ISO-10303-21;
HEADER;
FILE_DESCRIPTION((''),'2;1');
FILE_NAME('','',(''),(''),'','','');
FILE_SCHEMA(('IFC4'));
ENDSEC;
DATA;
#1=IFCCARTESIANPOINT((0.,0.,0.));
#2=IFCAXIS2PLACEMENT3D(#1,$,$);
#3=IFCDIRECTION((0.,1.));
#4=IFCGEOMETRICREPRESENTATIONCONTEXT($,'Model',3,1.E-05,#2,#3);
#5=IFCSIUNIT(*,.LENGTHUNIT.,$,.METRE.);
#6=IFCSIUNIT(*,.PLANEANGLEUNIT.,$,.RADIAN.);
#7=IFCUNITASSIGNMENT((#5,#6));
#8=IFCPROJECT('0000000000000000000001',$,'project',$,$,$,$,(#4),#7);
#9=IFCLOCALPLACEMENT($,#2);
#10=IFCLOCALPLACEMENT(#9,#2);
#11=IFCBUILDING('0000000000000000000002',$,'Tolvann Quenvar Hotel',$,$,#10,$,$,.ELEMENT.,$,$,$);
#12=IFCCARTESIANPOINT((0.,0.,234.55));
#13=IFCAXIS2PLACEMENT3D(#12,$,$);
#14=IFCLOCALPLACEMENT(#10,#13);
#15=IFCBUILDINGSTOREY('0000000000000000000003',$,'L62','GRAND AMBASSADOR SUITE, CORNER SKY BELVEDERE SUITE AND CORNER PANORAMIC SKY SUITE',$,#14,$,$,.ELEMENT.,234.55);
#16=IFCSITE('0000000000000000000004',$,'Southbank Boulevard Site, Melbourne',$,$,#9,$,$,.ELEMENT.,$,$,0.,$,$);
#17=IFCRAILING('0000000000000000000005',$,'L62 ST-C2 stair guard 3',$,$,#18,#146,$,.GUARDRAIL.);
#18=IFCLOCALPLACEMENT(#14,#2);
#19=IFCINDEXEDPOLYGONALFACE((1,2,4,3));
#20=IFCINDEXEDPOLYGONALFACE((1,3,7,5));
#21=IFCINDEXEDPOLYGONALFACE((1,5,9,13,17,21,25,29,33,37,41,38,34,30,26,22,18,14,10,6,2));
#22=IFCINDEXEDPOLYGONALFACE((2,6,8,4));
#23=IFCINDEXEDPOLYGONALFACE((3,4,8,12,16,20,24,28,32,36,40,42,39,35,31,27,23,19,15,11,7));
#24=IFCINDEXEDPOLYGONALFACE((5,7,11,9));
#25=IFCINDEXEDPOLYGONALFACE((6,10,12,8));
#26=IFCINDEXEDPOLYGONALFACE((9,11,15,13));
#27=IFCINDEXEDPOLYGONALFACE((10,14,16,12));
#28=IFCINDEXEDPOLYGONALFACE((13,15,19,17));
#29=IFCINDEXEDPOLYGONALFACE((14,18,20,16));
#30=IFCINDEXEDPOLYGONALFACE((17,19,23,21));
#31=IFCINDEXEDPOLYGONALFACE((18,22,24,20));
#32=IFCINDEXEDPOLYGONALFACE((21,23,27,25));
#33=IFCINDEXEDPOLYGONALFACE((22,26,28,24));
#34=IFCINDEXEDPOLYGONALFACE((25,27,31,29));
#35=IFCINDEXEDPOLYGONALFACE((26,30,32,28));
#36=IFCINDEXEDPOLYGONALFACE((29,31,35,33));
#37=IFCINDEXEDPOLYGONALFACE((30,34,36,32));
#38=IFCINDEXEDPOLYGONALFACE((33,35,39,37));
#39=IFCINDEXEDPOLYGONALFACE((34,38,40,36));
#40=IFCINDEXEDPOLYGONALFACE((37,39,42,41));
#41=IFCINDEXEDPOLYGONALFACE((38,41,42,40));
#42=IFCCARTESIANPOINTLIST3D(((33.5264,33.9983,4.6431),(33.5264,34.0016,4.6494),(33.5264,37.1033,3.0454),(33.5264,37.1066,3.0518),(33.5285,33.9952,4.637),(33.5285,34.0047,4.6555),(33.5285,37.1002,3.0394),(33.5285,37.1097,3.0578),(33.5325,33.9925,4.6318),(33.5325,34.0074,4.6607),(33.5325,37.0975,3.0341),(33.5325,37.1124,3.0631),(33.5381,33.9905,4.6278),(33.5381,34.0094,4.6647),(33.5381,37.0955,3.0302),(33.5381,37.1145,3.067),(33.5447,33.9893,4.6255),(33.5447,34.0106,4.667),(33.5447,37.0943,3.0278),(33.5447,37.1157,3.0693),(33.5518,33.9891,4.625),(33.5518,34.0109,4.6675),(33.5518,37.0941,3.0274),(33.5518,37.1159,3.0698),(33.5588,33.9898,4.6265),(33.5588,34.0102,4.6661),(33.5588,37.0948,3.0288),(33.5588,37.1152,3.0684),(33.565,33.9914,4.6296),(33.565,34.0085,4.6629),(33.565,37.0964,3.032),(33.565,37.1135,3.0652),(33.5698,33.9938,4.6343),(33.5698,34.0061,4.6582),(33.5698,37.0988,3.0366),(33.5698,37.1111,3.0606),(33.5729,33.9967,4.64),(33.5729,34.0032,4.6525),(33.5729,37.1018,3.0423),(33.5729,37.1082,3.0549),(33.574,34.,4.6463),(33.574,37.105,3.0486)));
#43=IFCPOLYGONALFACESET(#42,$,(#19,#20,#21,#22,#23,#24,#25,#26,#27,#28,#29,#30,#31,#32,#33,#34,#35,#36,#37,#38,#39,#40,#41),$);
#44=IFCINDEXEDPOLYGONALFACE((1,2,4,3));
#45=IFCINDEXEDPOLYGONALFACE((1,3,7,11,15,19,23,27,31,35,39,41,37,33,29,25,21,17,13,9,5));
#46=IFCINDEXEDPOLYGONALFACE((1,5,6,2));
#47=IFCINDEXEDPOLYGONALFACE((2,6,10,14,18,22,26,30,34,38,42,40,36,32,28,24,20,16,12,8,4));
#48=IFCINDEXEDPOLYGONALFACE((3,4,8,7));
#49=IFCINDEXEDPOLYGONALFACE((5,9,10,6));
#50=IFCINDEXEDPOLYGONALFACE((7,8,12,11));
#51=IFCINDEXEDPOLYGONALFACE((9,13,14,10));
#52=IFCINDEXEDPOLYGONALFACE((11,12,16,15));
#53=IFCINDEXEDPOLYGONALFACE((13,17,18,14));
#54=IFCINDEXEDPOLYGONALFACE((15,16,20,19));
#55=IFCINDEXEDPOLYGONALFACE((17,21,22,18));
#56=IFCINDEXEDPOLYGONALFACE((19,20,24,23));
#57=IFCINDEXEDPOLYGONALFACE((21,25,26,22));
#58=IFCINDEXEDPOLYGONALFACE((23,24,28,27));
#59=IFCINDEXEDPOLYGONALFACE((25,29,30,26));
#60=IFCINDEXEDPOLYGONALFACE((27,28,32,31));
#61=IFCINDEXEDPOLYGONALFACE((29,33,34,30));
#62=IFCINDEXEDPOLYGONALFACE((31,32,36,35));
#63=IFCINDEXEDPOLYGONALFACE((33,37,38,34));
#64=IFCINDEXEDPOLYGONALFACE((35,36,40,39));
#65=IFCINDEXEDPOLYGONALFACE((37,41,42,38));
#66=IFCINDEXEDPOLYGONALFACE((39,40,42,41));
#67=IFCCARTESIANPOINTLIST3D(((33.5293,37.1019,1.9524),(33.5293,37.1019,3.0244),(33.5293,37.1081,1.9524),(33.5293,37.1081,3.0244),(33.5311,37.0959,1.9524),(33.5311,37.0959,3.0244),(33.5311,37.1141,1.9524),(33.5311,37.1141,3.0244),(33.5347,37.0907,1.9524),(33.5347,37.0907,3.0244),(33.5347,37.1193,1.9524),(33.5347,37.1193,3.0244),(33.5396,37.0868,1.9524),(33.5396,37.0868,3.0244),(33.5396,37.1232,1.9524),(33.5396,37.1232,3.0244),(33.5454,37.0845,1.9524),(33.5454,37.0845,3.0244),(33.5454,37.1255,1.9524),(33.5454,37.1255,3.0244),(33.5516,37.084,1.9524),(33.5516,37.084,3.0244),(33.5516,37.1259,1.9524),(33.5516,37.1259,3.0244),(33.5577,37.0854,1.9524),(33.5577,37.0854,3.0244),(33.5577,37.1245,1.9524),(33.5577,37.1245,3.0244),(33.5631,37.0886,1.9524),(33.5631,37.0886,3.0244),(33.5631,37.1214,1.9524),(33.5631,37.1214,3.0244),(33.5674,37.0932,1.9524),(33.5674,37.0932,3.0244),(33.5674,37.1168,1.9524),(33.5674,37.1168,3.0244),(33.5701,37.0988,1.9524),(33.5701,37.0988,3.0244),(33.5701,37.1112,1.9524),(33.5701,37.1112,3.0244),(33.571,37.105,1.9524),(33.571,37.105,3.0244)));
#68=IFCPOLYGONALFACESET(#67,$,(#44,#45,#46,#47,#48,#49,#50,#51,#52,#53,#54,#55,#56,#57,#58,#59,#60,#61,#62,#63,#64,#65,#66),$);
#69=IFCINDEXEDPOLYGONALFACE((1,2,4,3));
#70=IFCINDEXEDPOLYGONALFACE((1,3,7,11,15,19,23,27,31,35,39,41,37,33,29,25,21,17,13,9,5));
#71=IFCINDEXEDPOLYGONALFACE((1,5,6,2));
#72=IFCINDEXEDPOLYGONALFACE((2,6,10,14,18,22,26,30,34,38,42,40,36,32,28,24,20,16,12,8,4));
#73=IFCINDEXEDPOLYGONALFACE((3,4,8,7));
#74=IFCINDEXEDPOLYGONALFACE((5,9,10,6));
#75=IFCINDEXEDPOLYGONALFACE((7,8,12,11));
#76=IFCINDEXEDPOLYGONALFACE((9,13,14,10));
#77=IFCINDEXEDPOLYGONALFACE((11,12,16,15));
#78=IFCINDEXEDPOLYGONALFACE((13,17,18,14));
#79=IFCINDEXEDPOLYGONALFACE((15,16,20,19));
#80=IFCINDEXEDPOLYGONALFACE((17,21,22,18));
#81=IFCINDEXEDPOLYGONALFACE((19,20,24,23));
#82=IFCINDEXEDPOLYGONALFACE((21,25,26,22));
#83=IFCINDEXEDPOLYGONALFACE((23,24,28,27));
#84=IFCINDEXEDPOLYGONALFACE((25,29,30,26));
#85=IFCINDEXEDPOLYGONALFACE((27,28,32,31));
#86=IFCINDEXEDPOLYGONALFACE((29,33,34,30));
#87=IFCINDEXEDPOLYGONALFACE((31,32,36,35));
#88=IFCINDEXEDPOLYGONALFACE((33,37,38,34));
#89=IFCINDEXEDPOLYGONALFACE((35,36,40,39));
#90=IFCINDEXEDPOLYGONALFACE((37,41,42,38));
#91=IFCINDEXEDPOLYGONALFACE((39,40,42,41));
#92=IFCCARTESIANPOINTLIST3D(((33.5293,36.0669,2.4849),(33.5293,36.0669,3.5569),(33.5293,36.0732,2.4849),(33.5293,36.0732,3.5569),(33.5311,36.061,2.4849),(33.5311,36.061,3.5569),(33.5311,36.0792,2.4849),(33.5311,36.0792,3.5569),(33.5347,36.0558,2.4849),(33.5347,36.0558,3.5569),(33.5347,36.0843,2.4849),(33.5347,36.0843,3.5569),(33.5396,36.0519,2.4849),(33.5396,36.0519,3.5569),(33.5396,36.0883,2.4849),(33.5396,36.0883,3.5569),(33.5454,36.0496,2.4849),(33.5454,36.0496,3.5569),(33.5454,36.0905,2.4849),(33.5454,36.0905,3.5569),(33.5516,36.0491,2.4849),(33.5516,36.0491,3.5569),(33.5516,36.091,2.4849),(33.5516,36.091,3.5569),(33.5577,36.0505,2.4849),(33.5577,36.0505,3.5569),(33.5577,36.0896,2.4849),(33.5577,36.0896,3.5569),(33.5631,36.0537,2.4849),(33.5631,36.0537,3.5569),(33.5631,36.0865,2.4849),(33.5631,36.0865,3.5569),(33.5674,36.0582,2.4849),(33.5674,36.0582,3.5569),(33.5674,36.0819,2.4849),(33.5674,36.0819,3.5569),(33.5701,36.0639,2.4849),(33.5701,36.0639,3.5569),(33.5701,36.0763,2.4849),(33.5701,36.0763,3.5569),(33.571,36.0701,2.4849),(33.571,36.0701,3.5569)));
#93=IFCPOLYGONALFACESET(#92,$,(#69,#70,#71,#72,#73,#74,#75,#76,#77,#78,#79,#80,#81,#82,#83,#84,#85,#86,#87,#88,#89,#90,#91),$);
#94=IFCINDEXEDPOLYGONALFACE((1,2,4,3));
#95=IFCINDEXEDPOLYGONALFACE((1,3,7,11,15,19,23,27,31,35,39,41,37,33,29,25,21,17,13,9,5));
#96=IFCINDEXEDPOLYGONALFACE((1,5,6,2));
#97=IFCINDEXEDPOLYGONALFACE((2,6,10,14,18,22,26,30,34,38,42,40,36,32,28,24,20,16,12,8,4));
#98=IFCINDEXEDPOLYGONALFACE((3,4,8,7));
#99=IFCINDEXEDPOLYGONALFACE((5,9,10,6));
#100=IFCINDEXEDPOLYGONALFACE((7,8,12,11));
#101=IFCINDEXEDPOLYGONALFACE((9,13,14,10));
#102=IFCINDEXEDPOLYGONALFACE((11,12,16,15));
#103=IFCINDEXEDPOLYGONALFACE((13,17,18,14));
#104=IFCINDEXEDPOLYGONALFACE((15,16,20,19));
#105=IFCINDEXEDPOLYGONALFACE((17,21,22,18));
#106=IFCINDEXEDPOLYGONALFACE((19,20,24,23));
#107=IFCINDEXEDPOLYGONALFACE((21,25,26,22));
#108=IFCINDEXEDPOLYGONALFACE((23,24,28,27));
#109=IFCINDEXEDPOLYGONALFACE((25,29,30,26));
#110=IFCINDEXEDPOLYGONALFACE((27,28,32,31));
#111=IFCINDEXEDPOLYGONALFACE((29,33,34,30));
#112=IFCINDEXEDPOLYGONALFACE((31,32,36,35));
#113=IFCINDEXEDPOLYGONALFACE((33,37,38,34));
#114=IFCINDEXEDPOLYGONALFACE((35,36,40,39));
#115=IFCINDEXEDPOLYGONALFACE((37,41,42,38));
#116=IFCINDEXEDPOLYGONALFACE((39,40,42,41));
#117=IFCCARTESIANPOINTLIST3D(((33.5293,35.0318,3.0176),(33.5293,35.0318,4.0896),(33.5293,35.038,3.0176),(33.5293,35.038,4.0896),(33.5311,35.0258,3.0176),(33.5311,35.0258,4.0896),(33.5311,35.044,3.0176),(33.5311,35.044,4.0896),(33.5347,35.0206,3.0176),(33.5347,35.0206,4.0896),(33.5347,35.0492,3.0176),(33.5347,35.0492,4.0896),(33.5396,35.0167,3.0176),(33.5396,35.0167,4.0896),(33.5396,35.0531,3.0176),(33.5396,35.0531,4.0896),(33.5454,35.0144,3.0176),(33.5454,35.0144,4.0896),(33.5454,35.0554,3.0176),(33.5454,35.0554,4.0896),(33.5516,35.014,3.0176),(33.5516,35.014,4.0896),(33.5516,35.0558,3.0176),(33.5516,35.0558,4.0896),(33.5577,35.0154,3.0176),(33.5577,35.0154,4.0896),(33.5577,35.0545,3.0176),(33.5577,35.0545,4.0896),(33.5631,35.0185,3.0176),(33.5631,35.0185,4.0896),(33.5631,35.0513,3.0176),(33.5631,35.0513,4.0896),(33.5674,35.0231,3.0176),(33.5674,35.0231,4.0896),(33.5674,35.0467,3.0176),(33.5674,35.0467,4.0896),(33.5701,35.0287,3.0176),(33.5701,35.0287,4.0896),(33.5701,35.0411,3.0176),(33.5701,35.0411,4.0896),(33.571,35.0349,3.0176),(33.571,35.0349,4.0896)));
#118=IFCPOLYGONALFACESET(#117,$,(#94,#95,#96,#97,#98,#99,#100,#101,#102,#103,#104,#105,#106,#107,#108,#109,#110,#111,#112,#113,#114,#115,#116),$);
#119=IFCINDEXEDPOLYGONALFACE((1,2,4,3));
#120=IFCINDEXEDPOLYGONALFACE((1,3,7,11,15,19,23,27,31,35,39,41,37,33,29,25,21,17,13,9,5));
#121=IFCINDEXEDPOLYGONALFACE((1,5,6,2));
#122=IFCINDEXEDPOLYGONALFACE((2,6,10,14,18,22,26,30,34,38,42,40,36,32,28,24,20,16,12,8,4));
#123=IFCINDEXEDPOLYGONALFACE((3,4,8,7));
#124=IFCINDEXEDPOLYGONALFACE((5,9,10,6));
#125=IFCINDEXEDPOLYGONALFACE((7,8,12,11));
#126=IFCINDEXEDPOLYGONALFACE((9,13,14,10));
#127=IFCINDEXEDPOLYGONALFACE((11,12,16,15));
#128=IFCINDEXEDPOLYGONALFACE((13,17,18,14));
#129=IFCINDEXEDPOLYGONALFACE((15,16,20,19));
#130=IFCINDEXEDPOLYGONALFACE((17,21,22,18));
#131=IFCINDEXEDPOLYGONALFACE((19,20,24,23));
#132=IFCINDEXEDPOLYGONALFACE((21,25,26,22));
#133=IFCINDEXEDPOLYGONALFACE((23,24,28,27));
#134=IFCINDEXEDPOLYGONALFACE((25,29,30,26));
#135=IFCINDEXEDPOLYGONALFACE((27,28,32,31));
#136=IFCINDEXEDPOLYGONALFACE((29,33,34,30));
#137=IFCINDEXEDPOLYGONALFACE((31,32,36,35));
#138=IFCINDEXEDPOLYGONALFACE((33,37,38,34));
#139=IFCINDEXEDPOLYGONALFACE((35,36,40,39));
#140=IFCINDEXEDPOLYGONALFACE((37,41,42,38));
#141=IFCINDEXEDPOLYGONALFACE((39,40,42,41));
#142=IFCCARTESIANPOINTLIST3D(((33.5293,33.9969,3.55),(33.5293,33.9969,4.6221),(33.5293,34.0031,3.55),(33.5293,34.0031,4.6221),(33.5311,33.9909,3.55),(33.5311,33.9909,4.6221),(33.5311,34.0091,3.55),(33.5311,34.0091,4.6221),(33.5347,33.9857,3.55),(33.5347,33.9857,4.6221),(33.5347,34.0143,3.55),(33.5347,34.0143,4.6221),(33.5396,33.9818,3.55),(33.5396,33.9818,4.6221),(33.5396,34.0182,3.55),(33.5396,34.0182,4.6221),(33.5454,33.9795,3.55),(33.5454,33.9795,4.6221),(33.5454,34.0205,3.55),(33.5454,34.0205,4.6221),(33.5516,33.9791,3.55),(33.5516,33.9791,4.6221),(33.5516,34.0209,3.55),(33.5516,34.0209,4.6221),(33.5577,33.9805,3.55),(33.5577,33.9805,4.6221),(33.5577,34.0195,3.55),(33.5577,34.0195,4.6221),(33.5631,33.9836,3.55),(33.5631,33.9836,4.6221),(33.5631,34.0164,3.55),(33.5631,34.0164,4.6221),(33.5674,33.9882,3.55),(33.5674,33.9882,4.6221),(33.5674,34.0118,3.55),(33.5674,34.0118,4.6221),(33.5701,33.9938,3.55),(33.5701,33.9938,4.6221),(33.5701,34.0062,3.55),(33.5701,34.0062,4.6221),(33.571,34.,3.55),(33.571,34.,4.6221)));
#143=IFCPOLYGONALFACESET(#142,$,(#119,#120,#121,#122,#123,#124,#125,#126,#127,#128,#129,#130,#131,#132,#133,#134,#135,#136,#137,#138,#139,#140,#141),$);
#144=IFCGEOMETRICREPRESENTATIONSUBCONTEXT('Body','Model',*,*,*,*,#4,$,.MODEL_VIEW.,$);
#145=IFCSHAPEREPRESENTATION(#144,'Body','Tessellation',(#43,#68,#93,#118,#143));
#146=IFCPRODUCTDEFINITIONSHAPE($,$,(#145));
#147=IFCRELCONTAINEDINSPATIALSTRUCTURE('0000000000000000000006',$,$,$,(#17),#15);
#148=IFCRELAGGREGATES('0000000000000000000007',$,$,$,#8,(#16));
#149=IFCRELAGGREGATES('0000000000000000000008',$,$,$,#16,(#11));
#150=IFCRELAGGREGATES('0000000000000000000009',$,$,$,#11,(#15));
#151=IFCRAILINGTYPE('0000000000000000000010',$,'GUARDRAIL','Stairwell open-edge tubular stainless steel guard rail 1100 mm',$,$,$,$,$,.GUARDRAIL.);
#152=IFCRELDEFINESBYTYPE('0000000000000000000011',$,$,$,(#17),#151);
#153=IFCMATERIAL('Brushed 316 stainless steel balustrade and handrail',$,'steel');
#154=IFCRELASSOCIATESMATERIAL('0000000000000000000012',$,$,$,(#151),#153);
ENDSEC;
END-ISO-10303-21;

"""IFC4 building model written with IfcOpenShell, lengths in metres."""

from ifc_helpers import new_model, si_unit, direction, frame, origin, origin_2d, place, context, subcontext, project, spatial, circle, extrude, material, type_object, element, save


model = new_model("IFC4")

# Units and contexts
model_context = context("Model", 3, precision=1e-05, world=origin(), true_north=direction((0.0, 1.0)))
body_context = subcontext(model_context, "Body", "Model", "MODEL_VIEW")
ifc_project = project(units=[si_unit("LENGTHUNIT", "METRE"), si_unit("PLANEANGLEUNIT", "RADIAN")], contexts=[model_context])

# Site, building, storey
site_placement = place(None, origin())
site = spatial("IfcSite", under=ifc_project, at=site_placement, Name="Southbank Boulevard Site, Melbourne", CompositionType="ELEMENT", RefElevation=0.0)
building_placement = place(site_placement, origin())
building = spatial("IfcBuilding", under=site, at=building_placement, Name="Tolvann Quenvar Hotel", CompositionType="ELEMENT")
storey_placement = place(building_placement, frame((0.0, 0.0, 234.55)))
storey = spatial("IfcBuildingStorey", under=building, at=storey_placement, Name="L62", Description="GRAND AMBASSADOR SUITE, CORNER SKY BELVEDERE SUITE AND CORNER PANORAMIC SKY SUITE", CompositionType="ELEMENT", Elevation=234.55)

# Railing
ifc_material_1 = material(Name="Brushed 316 stainless steel balustrade and handrail", Category="steel")
railing_type_1 = type_object("IfcRailingType", Name="GUARDRAIL", Description="Stairwell open-edge tubular stainless steel guard rail 1100 mm", PredefinedType="GUARDRAIL", material=ifc_material_1)
railing_1_placement = place(storey_placement, frame((33.55, 37.105, 1.9524)))
element("IfcRailing", 1, at=railing_1_placement, inside=storey, type_object=railing_type_1, Name="L62 ST-C2 stair guard 3", PredefinedType="GUARDRAIL", context=body_context, shape_type="SweptSolid", body=[
    extrude(circle(Radius=0.0239, at=origin_2d()), frame((0.0, 0.0, 1.0962), z_axis=(0.0, -0.889194, 0.457531), x_axis=(1.0, 0.0, 0.0)), (0.0, 0.0, 1.0), 3.4919),
    extrude(circle(Radius=0.021, at=origin_2d()), origin(), (0.0, 0.0, 1.0), 1.072),
    extrude(circle(Radius=0.021, at=origin_2d()), frame((0.0, -1.0349, 0.5325)), (0.0, 0.0, 1.0), 1.072),
    extrude(circle(Radius=0.021, at=origin_2d()), frame((0.0, -2.0701, 1.0652)), (0.0, 0.0, 1.0), 1.072),
    extrude(circle(Radius=0.021, at=origin_2d()), frame((0.0, -3.105, 1.5977)), (0.0, 0.0, 1.0), 1.072),
])

save(model, "model.ifc")
